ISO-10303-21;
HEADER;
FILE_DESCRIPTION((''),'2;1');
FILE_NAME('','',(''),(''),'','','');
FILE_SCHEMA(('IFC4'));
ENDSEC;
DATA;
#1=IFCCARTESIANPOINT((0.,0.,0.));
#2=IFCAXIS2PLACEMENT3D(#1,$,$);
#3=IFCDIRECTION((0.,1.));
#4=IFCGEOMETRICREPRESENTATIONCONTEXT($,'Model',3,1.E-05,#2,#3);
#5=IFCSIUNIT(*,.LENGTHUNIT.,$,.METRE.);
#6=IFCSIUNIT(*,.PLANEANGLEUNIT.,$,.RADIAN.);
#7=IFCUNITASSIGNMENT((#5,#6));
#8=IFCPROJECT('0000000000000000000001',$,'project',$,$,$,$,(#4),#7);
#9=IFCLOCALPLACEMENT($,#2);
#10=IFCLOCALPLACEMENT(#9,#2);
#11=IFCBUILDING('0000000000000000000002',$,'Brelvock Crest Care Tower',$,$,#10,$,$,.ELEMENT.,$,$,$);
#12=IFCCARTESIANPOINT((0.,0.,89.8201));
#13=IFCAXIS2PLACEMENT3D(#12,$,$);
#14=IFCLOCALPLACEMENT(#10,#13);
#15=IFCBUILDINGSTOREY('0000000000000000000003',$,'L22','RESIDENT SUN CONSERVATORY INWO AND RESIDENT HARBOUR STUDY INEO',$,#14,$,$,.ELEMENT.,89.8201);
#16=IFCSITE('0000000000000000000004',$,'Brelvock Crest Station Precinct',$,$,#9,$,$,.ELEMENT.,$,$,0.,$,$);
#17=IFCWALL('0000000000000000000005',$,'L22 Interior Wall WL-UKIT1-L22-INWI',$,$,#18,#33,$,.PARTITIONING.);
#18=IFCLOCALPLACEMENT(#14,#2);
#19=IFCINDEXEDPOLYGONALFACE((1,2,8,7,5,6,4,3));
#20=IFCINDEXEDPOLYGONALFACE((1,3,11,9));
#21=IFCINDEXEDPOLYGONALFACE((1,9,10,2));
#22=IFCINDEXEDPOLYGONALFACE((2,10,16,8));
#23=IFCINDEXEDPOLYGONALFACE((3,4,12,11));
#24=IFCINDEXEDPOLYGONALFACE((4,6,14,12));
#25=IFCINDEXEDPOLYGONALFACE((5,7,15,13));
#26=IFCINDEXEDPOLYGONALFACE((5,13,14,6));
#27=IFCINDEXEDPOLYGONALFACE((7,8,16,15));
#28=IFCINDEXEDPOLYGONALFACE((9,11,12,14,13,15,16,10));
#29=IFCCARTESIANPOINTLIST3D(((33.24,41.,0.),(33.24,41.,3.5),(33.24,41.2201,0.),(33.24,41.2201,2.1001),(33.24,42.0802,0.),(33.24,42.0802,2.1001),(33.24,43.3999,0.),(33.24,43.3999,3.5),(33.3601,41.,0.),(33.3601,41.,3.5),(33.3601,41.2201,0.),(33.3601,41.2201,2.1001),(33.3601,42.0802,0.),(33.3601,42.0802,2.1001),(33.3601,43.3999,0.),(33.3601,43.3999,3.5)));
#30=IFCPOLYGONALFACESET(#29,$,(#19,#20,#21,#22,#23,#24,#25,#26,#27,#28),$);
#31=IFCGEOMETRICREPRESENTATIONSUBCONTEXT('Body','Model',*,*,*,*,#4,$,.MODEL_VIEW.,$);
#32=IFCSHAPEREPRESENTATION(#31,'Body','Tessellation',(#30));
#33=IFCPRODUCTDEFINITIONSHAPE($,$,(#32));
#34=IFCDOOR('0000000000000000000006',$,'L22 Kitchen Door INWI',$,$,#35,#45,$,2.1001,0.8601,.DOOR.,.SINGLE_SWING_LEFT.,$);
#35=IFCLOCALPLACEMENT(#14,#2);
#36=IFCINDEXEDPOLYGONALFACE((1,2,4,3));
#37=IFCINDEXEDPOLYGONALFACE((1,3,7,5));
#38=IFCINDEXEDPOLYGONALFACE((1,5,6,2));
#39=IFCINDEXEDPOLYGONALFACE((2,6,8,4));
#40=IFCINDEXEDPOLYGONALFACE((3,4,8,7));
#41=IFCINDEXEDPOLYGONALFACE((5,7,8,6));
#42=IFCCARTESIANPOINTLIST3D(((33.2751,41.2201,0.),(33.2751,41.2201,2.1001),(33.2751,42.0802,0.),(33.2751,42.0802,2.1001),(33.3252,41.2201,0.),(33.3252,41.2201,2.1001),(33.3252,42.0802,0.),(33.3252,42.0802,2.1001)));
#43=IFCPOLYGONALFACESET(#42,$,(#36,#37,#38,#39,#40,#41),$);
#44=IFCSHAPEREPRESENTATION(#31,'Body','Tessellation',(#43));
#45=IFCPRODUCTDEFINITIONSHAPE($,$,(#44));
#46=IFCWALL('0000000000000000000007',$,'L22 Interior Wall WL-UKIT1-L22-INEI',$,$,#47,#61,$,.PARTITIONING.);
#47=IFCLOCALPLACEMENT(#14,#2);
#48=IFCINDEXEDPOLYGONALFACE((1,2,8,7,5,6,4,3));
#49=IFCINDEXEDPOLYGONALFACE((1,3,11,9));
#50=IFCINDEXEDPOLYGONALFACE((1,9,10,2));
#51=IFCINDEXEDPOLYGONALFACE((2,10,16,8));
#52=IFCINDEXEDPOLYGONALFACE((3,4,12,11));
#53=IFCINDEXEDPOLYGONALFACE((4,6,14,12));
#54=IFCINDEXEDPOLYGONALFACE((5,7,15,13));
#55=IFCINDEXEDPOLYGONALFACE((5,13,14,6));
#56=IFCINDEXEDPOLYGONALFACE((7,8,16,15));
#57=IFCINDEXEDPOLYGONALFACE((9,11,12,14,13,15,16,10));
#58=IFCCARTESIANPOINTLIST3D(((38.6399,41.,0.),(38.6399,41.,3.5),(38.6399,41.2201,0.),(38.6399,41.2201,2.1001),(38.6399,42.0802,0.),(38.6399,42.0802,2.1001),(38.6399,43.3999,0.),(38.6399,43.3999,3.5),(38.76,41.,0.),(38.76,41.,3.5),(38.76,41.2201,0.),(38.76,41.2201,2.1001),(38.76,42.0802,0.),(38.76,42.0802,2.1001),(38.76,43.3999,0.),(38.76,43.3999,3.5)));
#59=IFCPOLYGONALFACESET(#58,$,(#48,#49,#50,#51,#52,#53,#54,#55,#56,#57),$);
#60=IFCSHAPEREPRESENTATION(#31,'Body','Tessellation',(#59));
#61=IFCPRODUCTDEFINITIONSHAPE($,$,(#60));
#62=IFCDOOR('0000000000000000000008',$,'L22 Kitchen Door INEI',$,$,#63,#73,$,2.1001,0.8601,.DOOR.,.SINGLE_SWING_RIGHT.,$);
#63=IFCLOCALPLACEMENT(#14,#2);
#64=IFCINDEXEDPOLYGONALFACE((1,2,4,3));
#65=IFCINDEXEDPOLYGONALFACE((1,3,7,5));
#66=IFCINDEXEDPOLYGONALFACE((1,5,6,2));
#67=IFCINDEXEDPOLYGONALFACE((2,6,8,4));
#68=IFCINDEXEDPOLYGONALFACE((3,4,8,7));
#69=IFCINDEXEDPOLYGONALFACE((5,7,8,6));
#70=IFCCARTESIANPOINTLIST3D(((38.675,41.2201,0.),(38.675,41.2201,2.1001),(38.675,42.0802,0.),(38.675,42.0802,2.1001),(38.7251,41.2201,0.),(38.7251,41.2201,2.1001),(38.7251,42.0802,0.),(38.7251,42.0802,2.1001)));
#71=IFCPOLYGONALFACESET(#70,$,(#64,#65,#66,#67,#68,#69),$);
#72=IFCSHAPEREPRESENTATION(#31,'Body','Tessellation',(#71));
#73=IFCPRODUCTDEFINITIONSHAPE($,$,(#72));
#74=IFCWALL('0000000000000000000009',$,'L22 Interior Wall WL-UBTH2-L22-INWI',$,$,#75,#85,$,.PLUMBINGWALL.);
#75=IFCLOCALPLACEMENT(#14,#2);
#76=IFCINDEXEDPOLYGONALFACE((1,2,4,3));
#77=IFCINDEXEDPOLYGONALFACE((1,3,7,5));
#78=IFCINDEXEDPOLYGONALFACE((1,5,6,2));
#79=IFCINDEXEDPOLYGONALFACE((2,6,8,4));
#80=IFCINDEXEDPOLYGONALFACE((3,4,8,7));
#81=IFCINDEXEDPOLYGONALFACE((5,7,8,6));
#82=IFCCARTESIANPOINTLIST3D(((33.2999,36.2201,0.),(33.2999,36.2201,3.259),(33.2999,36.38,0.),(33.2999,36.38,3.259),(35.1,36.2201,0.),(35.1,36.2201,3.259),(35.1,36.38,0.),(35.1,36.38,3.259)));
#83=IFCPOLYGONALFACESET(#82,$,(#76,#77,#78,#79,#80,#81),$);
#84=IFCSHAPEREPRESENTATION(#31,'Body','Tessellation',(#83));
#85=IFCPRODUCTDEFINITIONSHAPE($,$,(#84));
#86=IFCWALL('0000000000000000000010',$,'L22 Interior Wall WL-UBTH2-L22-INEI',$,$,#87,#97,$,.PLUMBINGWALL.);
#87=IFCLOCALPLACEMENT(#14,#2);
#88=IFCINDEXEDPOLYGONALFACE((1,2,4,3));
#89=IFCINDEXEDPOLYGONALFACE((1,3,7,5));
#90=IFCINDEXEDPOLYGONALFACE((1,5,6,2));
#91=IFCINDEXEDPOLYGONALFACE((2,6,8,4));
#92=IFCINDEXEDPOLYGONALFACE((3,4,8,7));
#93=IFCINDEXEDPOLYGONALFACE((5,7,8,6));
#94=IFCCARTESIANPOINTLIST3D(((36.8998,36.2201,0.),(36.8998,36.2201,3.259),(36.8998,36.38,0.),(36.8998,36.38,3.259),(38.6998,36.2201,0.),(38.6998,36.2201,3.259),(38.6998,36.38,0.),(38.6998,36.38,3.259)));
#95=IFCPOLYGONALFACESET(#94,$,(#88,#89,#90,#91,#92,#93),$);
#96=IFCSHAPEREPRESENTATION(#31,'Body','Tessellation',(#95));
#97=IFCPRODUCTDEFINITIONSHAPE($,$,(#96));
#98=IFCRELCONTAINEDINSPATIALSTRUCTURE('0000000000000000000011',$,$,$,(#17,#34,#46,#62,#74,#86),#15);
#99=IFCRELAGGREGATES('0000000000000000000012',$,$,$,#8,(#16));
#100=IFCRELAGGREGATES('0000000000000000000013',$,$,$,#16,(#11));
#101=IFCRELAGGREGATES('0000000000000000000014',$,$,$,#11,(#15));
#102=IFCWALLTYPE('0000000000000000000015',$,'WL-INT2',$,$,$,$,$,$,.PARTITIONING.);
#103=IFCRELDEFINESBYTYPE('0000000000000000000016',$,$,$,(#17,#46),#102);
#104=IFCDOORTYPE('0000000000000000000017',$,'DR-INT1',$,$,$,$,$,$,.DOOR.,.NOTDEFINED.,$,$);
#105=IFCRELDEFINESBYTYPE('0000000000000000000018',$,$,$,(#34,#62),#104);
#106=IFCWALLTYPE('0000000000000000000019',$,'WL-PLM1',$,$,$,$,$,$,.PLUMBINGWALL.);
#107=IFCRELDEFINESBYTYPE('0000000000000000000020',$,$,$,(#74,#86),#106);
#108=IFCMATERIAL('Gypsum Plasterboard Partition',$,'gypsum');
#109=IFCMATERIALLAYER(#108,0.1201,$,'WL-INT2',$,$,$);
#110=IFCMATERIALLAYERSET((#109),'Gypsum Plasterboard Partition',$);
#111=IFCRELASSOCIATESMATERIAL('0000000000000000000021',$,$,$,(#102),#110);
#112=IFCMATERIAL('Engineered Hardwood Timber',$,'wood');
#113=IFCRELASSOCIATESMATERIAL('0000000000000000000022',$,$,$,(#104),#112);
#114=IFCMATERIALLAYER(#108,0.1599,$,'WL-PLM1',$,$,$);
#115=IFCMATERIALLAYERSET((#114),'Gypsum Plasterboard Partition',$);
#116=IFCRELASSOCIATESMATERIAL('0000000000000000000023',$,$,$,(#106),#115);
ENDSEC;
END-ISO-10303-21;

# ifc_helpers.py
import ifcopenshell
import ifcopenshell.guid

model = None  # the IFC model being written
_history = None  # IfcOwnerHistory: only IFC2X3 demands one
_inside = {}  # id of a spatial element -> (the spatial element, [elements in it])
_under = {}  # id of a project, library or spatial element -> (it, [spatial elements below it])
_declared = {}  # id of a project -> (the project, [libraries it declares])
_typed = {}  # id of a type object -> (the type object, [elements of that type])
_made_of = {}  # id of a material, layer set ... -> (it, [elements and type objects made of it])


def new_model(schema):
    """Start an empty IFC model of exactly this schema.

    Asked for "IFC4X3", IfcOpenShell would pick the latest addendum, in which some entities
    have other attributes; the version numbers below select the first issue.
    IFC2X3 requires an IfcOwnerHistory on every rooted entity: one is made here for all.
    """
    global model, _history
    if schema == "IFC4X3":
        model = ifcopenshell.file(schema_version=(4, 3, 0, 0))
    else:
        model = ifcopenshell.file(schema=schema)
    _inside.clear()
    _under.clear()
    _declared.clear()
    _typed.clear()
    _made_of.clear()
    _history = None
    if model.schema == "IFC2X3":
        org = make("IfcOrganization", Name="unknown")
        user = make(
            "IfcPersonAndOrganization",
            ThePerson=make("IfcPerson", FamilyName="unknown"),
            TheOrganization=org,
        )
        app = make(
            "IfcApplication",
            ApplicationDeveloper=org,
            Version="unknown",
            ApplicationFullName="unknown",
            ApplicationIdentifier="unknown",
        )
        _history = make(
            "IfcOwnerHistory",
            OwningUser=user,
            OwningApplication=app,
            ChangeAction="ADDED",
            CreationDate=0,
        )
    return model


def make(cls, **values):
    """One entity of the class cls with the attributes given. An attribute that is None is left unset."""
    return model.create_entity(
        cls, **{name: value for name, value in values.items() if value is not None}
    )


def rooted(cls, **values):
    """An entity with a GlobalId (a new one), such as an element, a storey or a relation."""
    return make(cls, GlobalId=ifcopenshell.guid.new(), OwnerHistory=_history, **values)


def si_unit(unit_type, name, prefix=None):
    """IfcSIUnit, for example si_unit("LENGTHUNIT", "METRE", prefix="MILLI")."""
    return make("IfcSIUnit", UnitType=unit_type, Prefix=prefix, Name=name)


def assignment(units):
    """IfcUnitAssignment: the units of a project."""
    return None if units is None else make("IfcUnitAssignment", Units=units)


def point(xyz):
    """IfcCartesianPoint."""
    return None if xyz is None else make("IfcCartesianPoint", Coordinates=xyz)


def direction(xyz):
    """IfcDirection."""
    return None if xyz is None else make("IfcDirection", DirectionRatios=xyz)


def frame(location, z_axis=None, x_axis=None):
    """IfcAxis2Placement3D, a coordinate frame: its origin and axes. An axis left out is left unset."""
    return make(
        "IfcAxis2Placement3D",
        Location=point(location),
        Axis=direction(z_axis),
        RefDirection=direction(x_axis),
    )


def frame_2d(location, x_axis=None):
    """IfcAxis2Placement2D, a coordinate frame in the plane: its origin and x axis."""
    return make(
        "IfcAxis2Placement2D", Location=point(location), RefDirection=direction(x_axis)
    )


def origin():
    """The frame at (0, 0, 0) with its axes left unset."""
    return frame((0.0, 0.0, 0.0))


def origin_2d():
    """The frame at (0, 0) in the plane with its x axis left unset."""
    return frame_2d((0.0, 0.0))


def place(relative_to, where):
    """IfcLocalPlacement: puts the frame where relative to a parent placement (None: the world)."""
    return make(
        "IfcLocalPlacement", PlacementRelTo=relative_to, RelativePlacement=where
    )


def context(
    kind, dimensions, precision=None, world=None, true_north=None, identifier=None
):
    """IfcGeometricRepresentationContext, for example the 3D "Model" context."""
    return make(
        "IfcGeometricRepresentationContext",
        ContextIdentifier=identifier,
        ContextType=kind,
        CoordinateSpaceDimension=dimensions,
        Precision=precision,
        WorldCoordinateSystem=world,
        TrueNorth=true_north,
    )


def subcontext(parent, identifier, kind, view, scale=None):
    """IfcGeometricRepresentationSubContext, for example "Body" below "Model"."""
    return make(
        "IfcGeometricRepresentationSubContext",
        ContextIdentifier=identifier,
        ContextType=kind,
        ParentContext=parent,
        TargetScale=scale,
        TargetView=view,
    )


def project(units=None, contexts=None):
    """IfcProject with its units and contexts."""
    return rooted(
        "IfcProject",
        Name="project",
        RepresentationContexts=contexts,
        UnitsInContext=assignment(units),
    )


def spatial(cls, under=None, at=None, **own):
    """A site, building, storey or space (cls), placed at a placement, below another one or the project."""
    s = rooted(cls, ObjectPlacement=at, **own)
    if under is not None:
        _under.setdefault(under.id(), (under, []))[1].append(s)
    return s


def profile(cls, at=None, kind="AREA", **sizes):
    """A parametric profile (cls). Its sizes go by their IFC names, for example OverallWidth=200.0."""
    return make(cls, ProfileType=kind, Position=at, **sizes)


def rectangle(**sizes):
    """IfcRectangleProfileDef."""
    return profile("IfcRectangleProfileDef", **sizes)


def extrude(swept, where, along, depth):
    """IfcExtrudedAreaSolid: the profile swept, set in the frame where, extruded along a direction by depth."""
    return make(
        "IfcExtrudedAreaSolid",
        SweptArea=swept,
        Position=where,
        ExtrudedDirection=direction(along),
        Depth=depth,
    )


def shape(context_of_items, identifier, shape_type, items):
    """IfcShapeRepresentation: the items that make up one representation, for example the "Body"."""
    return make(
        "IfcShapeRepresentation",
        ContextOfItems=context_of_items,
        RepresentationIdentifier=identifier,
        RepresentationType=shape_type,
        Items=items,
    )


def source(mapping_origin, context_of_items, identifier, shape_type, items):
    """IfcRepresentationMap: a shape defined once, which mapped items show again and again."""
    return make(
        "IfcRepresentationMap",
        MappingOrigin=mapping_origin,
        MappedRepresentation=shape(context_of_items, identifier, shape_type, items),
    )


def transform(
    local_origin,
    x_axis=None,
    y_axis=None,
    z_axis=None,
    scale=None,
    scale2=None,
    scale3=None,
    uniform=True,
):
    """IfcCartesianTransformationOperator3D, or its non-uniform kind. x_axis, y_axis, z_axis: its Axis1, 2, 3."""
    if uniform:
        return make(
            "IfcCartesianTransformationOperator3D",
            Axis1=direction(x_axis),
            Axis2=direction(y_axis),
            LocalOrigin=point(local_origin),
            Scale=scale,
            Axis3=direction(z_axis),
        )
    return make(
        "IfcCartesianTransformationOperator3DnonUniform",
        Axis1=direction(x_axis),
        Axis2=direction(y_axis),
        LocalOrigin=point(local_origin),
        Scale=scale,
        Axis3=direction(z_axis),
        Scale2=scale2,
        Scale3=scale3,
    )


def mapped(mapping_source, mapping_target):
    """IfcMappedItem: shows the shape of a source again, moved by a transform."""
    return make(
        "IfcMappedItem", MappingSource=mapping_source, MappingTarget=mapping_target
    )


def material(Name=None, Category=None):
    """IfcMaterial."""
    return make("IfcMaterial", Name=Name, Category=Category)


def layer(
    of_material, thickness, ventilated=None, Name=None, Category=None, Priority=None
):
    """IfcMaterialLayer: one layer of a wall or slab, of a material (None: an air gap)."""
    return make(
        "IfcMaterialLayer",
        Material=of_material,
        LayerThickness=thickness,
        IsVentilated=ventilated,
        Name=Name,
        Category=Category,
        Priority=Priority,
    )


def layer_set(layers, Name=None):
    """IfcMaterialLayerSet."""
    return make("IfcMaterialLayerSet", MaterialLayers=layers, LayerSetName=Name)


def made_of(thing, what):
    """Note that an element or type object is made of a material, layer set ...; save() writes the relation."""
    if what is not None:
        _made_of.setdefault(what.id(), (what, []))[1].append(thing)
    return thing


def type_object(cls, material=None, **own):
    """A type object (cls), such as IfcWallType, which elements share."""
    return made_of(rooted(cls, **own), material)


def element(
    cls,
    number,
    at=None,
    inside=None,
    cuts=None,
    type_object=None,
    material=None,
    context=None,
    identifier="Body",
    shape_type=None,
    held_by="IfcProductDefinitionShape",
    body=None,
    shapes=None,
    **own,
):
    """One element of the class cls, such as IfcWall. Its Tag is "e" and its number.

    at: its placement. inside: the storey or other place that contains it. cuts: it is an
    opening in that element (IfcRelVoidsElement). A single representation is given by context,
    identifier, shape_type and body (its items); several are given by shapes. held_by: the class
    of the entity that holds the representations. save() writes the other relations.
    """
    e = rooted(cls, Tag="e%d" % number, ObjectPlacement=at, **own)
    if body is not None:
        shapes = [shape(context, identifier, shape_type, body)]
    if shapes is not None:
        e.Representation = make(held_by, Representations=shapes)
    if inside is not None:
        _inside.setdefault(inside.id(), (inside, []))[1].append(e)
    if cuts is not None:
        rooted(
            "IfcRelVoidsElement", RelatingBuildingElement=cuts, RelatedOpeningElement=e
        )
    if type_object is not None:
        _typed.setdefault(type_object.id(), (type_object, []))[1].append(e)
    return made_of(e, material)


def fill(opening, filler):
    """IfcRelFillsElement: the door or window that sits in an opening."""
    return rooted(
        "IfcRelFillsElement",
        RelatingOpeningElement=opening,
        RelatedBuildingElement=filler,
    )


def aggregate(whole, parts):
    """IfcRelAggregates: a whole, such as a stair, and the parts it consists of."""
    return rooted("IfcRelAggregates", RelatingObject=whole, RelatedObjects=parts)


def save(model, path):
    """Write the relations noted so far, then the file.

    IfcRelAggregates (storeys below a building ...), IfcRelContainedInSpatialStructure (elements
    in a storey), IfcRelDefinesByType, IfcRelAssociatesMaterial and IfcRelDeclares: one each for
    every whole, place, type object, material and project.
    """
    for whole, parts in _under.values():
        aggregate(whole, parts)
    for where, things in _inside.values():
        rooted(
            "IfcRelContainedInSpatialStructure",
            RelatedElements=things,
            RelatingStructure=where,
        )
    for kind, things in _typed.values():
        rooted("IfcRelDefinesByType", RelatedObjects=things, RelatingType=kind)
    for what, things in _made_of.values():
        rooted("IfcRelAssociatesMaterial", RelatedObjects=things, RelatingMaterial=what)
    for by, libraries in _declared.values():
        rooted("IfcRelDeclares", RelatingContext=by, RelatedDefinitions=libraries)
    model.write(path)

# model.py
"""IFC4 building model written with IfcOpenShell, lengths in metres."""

from ifc_helpers import new_model, si_unit, direction, frame, frame_2d, origin, origin_2d, place, context, subcontext, project, spatial, rectangle, extrude, source, transform, mapped, material, layer, layer_set, type_object, element, fill, save


model = new_model("IFC4")

# Units and contexts
model_context = context("Model", 3, precision=1e-05, world=origin(), true_north=direction((0.0, 1.0)))
body_context = subcontext(model_context, "Body", "Model", "MODEL_VIEW")
ifc_project = project(units=[si_unit("LENGTHUNIT", "METRE"), si_unit("PLANEANGLEUNIT", "RADIAN")], contexts=[model_context])

# Site, building, storey
site_placement = place(None, origin())
site = spatial("IfcSite", under=ifc_project, at=site_placement, Name="Brelvock Crest Station Precinct", CompositionType="ELEMENT", RefElevation=0.0)
building_placement = place(site_placement, origin())
building = spatial("IfcBuilding", under=site, at=building_placement, Name="Brelvock Crest Care Tower", CompositionType="ELEMENT")
storey_placement = place(building_placement, frame((0.0, 0.0, 89.8201)))
storey = spatial("IfcBuildingStorey", under=building, at=storey_placement, Name="L22", Description="RESIDENT SUN CONSERVATORY INWO AND RESIDENT HARBOUR STUDY INEO", CompositionType="ELEMENT", Elevation=89.8201)

# Shared definitions
ifc_material_1 = material(Name="Engineered Hardwood Timber", Category="wood")

# Shared definitions
ifc_material_2 = material(Name="Gypsum Plasterboard Partition", Category="gypsum")
ifc_layer_1 = layer(ifc_material_2, 0.1201, Name="WL-INT2")
ifc_layer_set_1 = layer_set([ifc_layer_1], Name="Gypsum Plasterboard Partition")
wall_type_1 = type_object("IfcWallType", Name="WL-INT2", PredefinedType="PARTITIONING", material=ifc_layer_set_1)

# Walls, openings, doors
wall_1_placement = place(storey_placement, frame((33.3, 41.0, 0.0), z_axis=(0.0, 0.0, 1.0), x_axis=(0.0, 1.0, 0.0)))
wall_1 = element("IfcWall", 1, at=wall_1_placement, inside=storey, type_object=wall_type_1, Name="L22 Interior Wall WL-UKIT1-L22-INWI", PredefinedType="PARTITIONING", context=body_context, shape_type="SweptSolid", body=[
    extrude(rectangle(XDim=2.3999, YDim=0.1201, at=frame_2d((1.2, 0.0))), origin(), (0.0, 0.0, 1.0), 3.5),
])
opening_1_placement = place(wall_1_placement, frame((0.22, 0.0, 0.0)))
opening_1 = element("IfcOpeningElement", 2, at=opening_1_placement, cuts=wall_1, PredefinedType="OPENING", context=body_context, shape_type="SweptSolid", body=[
    extrude(rectangle(XDim=0.8601, YDim=2.1001, at=origin_2d()), frame((0.4302, 0.0701, 1.05), z_axis=(0.0, -1.0, 0.0), x_axis=(1.0, 0.0, 0.0)), (0.0, 0.0, 1.0), 0.1401),
])
door_type_1 = type_object("IfcDoorType", Name="DR-INT1", OperationType="NOTDEFINED", PredefinedType="DOOR", material=ifc_material_1)
shared_shape_1 = source(origin(), body_context, "Body", "SweptSolid", [
    extrude(rectangle(XDim=0.8601, YDim=2.1001, at=origin_2d()), frame((0.4302, 0.0249, 1.05), z_axis=(0.0, -1.0, 0.0), x_axis=(1.0, 0.0, 0.0)), (0.0, 0.0, 1.0), 0.05),
])
door_1_placement = place(opening_1_placement, origin())
door_1 = element("IfcDoor", 3, at=door_1_placement, inside=storey, type_object=door_type_1, Name="L22 Kitchen Door INWI", OperationType="SINGLE_SWING_LEFT", OverallHeight=2.1001, OverallWidth=0.8601, PredefinedType="DOOR", context=body_context, shape_type="MappedRepresentation", body=[
    mapped(shared_shape_1, transform((0.0, 0.0, 0.0), x_axis=(1.0, 0.0, 0.0), y_axis=(0.0, 1.0, 0.0), z_axis=(0.0, 0.0, 1.0), scale=1.0)),
])
fill(opening_1, door_1)
wall_2_placement = place(storey_placement, frame((38.7, 41.0, 0.0), z_axis=(0.0, 0.0, 1.0), x_axis=(0.0, 1.0, 0.0)))
wall_2 = element("IfcWall", 4, at=wall_2_placement, inside=storey, type_object=wall_type_1, Name="L22 Interior Wall WL-UKIT1-L22-INEI", PredefinedType="PARTITIONING", context=body_context, shape_type="SweptSolid", body=[
    extrude(rectangle(XDim=2.3999, YDim=0.1201, at=frame_2d((1.2, 0.0))), origin(), (0.0, 0.0, 1.0), 3.5),
])
opening_2_placement = place(wall_2_placement, frame((0.22, 0.0, 0.0)))
opening_2 = element("IfcOpeningElement", 5, at=opening_2_placement, cuts=wall_2, PredefinedType="OPENING", context=body_context, shape_type="SweptSolid", body=[
    extrude(rectangle(XDim=0.8601, YDim=2.1001, at=origin_2d()), frame((0.4302, 0.0701, 1.05), z_axis=(0.0, -1.0, 0.0), x_axis=(1.0, 0.0, 0.0)), (0.0, 0.0, 1.0), 0.1401),
])
door_2_placement = place(opening_2_placement, origin())
door_2 = element("IfcDoor", 6, at=door_2_placement, inside=storey, type_object=door_type_1, Name="L22 Kitchen Door INEI", OperationType="SINGLE_SWING_RIGHT", OverallHeight=2.1001, OverallWidth=0.8601, PredefinedType="DOOR", context=body_context, shape_type="MappedRepresentation", body=[
    mapped(shared_shape_1, transform((0.0, 0.0, 0.0), x_axis=(1.0, 0.0, 0.0), y_axis=(0.0, 1.0, 0.0), z_axis=(0.0, 0.0, 1.0), scale=1.0)),
])
fill(opening_2, door_2)

# Walls
ifc_layer_2 = layer(ifc_material_2, 0.1599, Name="WL-PLM1")
ifc_layer_set_2 = layer_set([ifc_layer_2], Name="Gypsum Plasterboard Partition")
wall_type_2 = type_object("IfcWallType", Name="WL-PLM1", PredefinedType="PLUMBINGWALL", material=ifc_layer_set_2)
for number, where, z_axis, x_axis, name in (
    (7, (33.3, 36.3, 0.0), (0.0, 0.0, 1.0), (1.0, 0.0, 0.0), "L22 Interior Wall WL-UBTH2-L22-INWI"),
    (8, (36.8999, 36.3, 0.0), (0.0, 0.0, 1.0), (1.0, 0.0, 0.0), "L22 Interior Wall WL-UBTH2-L22-INEI"),
):
    element("IfcWall", number, at=place(storey_placement, frame(where, z_axis=z_axis, x_axis=x_axis)), inside=storey, type_object=wall_type_2, Name=name, PredefinedType="PLUMBINGWALL", context=body_context, shape_type="SweptSolid", body=[
        extrude(rectangle(XDim=1.8, YDim=0.1599, at=frame_2d((0.8999, 0.0))), origin(), (0.0, 0.0, 1.0), 3.259),
    ])

save(model, "model.ifc")
